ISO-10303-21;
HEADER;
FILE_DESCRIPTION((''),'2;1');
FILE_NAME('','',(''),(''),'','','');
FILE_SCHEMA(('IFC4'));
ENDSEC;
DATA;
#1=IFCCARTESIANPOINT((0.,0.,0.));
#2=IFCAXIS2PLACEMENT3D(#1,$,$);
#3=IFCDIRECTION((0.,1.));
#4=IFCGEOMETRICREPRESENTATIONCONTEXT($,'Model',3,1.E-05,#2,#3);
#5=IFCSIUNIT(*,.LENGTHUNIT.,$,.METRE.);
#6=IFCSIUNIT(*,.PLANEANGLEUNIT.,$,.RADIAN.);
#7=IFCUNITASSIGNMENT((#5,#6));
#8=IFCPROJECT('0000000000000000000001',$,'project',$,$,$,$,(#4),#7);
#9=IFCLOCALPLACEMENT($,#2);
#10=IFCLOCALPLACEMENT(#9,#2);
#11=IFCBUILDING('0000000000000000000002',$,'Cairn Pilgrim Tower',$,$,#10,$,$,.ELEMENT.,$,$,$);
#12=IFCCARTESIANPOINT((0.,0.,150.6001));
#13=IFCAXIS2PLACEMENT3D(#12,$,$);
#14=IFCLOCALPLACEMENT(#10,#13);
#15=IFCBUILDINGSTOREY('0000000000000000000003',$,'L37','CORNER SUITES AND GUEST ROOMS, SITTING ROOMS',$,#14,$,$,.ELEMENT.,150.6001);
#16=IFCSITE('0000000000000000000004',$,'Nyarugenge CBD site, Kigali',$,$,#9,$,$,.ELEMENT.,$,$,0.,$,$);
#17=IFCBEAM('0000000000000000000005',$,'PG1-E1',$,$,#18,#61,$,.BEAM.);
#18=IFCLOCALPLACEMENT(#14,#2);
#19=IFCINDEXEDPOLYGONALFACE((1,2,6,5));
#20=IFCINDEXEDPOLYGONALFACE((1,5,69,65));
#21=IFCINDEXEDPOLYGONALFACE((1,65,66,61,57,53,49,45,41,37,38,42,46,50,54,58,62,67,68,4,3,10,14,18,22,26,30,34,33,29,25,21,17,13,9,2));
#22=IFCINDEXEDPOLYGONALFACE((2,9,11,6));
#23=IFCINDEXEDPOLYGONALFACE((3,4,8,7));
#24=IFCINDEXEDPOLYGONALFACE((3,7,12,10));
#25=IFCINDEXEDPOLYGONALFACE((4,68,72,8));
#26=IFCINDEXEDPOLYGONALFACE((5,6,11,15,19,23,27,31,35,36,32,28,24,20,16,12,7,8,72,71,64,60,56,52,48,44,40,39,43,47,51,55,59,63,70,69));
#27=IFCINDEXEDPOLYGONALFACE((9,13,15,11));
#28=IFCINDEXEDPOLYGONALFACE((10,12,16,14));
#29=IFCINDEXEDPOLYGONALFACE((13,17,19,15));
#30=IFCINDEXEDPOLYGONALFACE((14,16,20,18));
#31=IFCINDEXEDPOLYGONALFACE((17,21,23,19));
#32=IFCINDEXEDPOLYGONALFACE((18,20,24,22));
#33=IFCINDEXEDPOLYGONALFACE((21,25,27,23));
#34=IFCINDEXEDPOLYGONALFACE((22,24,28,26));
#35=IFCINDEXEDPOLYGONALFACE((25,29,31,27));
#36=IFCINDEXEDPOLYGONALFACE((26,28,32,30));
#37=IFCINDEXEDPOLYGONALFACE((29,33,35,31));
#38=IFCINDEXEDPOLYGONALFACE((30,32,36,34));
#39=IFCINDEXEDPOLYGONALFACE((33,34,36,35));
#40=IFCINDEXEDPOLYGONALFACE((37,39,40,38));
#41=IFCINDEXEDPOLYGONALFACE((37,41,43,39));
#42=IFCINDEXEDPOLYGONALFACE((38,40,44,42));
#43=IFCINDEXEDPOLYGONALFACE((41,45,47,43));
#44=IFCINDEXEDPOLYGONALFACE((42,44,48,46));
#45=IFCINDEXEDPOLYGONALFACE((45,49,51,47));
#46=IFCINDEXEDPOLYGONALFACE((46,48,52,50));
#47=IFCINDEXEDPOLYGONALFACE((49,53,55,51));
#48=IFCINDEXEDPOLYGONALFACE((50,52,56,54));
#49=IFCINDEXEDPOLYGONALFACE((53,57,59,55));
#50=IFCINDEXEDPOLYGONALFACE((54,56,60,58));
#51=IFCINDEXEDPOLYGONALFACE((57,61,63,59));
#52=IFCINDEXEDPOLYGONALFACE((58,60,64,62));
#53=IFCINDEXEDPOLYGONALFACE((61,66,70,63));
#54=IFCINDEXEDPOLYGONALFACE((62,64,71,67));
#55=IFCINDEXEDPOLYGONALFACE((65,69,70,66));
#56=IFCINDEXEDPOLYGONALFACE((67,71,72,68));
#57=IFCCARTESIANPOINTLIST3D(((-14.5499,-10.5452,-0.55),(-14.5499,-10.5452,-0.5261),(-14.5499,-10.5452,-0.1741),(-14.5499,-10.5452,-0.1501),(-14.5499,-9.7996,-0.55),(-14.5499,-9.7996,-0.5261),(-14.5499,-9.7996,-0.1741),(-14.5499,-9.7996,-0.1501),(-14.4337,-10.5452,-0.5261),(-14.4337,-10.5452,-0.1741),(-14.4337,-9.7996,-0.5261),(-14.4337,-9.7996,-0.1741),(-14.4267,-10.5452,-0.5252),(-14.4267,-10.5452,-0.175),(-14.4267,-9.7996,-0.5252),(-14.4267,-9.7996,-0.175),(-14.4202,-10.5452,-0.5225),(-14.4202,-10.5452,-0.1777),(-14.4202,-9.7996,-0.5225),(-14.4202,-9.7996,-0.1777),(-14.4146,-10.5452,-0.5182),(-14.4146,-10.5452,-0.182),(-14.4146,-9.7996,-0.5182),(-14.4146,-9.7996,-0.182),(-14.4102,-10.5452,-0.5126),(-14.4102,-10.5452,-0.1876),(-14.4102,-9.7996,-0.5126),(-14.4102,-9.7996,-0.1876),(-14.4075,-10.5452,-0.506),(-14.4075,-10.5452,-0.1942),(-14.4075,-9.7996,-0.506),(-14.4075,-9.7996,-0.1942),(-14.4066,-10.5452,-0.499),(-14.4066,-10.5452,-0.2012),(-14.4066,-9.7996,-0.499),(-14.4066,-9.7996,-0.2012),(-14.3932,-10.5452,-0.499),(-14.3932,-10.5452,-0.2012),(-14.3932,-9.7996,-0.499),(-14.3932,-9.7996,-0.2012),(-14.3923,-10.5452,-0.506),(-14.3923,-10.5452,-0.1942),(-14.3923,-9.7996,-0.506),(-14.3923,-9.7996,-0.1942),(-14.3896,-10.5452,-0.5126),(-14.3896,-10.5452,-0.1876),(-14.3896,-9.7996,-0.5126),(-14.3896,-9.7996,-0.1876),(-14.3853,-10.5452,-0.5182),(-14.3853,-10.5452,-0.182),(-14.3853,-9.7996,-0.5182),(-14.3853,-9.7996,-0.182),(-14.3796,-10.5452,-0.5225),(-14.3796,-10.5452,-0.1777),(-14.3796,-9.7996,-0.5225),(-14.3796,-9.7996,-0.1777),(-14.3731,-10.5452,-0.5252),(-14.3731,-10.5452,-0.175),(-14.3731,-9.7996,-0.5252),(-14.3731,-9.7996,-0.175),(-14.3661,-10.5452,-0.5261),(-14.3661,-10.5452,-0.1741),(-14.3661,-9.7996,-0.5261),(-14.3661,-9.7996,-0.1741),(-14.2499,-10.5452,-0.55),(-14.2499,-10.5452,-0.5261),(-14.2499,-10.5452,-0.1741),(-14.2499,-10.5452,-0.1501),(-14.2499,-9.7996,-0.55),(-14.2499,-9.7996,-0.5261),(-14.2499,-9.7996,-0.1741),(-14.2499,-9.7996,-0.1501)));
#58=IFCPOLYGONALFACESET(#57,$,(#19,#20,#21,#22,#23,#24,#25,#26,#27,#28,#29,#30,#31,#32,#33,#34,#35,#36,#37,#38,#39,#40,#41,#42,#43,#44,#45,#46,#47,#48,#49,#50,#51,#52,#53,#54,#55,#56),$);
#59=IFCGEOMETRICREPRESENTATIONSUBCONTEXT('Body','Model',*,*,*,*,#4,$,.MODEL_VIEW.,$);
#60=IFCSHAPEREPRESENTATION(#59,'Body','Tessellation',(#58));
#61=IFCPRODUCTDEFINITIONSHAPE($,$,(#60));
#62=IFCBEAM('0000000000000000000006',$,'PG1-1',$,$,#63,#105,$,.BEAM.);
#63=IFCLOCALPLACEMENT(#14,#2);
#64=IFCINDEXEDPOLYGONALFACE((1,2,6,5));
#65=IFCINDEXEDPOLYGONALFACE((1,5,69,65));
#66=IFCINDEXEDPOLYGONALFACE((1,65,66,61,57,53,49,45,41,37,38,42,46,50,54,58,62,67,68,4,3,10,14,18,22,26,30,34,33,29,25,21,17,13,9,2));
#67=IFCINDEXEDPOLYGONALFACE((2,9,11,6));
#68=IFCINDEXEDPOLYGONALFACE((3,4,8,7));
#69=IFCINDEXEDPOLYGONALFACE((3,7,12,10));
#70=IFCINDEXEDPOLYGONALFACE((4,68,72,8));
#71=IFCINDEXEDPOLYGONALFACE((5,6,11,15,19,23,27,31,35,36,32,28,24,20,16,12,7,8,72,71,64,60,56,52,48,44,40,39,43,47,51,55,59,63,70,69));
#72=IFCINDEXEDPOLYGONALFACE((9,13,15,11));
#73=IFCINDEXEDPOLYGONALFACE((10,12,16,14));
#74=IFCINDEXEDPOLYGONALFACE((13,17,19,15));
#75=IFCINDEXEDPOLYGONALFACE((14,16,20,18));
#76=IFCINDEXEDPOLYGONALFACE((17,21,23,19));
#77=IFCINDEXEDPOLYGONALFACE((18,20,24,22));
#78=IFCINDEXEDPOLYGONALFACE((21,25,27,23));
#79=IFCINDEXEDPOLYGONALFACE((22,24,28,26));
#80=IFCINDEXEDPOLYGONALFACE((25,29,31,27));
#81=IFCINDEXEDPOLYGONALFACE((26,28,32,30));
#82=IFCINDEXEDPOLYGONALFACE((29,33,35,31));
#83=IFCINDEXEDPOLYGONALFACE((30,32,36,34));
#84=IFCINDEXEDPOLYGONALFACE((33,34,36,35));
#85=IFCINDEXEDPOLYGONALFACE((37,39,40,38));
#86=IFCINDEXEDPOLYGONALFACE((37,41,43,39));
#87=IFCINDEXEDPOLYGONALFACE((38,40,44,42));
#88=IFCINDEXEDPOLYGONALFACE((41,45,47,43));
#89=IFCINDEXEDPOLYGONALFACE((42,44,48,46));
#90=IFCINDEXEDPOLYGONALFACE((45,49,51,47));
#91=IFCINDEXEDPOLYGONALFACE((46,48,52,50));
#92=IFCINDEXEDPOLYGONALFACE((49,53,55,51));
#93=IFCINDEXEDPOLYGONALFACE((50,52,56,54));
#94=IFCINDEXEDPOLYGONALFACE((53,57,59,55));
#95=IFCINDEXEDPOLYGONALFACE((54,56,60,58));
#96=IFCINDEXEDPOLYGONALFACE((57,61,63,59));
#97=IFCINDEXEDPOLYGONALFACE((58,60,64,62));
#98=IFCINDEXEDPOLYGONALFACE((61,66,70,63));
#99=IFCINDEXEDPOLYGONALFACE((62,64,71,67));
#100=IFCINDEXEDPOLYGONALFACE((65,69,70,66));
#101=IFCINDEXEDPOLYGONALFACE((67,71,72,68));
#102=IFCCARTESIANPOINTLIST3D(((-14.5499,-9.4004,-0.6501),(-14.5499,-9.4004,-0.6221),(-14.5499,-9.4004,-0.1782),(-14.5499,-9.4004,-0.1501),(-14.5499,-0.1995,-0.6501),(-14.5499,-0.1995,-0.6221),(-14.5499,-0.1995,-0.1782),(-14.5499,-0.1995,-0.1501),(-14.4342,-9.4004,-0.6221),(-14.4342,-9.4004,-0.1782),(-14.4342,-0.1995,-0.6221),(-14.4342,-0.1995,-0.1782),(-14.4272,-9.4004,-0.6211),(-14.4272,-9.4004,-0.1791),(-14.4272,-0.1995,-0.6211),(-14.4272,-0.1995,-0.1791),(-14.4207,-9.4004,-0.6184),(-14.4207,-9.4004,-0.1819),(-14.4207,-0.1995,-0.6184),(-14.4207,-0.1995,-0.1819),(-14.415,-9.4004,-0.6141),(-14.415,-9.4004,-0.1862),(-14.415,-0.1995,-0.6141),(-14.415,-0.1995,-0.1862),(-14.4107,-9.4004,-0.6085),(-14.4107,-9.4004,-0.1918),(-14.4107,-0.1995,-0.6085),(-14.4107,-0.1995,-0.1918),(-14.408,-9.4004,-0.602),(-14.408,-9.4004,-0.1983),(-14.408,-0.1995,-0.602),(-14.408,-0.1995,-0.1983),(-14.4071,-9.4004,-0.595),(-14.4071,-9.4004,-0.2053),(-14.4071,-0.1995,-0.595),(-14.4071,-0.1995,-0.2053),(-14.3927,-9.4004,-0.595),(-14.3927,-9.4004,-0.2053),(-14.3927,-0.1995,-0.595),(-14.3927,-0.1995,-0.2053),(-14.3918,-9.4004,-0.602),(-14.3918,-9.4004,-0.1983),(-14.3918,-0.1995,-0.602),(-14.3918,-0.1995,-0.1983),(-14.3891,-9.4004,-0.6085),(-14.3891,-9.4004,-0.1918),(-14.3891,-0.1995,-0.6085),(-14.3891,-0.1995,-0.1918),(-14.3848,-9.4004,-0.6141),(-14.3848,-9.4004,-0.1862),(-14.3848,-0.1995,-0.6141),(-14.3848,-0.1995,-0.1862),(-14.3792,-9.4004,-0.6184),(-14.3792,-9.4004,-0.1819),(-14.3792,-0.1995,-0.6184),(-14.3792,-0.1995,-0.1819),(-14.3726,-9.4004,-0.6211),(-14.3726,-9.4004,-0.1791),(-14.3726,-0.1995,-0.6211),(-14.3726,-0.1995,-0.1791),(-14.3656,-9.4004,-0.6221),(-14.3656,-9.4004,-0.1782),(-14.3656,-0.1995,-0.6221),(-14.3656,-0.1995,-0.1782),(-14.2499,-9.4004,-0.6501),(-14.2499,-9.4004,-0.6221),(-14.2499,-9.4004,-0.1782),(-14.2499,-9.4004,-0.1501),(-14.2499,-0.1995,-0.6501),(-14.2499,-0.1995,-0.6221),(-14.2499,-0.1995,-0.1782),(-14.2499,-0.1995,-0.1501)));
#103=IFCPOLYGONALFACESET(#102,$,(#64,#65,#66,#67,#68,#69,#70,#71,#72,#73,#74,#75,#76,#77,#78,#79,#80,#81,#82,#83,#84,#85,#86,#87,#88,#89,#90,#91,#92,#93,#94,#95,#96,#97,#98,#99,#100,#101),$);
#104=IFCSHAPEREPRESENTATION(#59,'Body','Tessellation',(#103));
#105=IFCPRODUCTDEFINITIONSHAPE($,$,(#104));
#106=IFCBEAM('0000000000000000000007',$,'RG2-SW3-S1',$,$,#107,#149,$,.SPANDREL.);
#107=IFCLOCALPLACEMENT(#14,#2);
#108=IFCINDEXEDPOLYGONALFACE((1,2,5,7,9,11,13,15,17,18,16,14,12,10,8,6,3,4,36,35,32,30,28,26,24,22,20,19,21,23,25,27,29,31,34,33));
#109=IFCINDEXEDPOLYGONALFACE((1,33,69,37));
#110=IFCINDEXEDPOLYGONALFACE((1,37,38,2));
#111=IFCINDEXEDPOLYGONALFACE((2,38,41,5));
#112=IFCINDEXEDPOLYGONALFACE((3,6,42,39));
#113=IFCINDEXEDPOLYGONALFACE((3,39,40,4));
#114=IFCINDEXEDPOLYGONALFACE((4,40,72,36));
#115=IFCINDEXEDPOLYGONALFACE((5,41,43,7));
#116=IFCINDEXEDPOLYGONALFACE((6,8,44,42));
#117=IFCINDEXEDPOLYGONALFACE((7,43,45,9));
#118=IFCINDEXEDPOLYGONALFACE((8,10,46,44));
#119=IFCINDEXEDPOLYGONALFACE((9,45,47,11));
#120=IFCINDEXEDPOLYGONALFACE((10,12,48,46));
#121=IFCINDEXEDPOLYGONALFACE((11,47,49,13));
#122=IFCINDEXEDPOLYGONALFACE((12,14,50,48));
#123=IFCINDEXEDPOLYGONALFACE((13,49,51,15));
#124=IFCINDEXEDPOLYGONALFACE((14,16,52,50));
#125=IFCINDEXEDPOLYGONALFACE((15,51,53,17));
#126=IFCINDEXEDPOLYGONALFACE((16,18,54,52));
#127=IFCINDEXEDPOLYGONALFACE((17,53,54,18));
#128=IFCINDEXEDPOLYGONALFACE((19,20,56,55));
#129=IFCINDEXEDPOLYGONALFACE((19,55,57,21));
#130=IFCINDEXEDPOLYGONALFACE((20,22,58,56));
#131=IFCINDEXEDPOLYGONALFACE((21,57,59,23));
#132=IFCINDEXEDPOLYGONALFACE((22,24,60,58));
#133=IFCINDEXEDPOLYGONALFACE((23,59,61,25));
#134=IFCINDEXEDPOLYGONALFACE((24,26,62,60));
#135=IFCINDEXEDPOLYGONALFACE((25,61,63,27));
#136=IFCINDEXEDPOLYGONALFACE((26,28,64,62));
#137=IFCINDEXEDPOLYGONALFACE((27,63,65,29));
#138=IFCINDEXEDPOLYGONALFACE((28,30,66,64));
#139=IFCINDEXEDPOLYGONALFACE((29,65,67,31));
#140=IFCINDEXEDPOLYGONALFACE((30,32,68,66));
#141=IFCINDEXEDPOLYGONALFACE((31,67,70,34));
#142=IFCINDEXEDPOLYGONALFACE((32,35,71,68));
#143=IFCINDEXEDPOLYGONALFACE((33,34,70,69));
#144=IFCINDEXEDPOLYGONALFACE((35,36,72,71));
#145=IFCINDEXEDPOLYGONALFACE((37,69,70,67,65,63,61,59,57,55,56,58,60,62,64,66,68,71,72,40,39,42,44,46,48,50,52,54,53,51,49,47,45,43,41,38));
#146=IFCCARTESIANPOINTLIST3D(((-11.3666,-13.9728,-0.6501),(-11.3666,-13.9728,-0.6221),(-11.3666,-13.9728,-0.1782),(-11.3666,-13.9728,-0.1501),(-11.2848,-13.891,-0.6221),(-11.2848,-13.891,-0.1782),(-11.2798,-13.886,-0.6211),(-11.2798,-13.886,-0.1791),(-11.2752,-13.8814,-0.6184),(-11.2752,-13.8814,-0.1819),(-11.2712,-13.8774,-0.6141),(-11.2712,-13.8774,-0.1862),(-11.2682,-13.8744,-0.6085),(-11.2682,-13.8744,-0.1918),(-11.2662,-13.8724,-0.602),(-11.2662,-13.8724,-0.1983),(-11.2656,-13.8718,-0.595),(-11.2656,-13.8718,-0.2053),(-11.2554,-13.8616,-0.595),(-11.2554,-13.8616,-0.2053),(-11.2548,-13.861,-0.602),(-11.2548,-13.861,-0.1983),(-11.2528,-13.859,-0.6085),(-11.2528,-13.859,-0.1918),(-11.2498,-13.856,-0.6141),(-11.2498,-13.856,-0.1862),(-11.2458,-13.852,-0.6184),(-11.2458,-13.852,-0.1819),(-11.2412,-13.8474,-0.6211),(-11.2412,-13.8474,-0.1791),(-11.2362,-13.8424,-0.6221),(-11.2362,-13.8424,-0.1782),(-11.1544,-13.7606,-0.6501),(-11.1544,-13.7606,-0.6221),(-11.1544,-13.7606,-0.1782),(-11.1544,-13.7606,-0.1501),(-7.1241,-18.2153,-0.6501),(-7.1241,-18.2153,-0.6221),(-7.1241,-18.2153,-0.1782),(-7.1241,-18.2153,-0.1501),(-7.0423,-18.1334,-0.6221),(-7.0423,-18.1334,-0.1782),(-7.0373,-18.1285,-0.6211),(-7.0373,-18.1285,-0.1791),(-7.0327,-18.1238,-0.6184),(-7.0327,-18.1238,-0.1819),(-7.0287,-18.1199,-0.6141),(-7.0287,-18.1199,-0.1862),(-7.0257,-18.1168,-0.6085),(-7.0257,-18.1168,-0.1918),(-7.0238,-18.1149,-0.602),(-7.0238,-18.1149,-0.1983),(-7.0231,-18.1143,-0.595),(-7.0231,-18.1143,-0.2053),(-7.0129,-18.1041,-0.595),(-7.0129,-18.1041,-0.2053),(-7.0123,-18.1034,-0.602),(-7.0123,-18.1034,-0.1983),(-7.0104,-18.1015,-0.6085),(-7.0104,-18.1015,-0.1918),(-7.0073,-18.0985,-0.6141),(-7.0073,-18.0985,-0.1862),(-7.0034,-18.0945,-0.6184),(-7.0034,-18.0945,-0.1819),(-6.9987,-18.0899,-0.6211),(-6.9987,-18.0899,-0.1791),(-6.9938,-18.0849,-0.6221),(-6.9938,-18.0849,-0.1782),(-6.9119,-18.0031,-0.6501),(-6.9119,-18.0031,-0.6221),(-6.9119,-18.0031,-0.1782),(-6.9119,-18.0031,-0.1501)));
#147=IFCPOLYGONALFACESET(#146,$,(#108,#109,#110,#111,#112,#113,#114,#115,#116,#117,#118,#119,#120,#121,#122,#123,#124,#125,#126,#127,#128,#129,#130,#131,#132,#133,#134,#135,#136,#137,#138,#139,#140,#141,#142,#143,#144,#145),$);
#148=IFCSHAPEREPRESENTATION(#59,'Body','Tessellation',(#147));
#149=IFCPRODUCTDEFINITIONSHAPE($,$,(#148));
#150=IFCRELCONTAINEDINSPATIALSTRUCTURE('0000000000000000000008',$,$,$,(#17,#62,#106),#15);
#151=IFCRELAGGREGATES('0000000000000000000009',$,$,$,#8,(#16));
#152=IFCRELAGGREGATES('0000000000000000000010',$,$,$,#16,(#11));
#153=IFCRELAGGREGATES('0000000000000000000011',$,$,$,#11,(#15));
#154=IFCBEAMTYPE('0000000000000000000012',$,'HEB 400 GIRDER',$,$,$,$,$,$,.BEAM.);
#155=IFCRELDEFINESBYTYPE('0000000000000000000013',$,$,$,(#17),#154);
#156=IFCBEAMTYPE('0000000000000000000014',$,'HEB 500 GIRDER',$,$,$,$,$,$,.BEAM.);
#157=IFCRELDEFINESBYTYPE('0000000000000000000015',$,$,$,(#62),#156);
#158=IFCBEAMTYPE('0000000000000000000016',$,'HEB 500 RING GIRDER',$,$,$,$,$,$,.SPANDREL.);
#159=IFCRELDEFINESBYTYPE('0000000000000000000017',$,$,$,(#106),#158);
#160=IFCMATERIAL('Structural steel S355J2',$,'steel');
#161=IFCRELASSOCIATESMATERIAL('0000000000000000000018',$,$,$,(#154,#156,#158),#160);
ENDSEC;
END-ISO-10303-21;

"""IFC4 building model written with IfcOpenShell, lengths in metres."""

from ifc_helpers import new_model, si_unit, direction, frame, origin, origin_2d, place, context, subcontext, project, spatial, i_section, extrude, material, material_profile, profile_set, type_object, element, save


model = new_model("IFC4")

# Units and contexts
model_context = context("Model", 3, precision=1e-05, world=origin(), true_north=direction((0.0, 1.0)))
body_context = subcontext(model_context, "Body", "Model", "MODEL_VIEW")
ifc_project = project(units=[si_unit("LENGTHUNIT", "METRE"), si_unit("PLANEANGLEUNIT", "RADIAN")], contexts=[model_context])

# Site, building, storey
site_placement = place(None, origin())
site = spatial("IfcSite", under=ifc_project, at=site_placement, Name="Nyarugenge CBD site, Kigali", CompositionType="ELEMENT", RefElevation=0.0)
building_placement = place(site_placement, origin())
building = spatial("IfcBuilding", under=site, at=building_placement, Name="Cairn Pilgrim Tower", CompositionType="ELEMENT")
storey_placement = place(building_placement, frame((0.0, 0.0, 150.6001)))
storey = spatial("IfcBuildingStorey", under=building, at=storey_placement, Name="L37", Description="CORNER SUITES AND GUEST ROOMS, SITTING ROOMS", CompositionType="ELEMENT", Elevation=150.6001)

# Shared definitions
ifc_material_1 = material(Name="Structural steel S355J2", Category="steel")

# Beams
ifc_material_profile_1 = material_profile(ifc_material_1, i_section(OverallWidth=0.3, OverallDepth=0.3999, WebThickness=0.0134, FlangeThickness=0.0239, FilletRadius=0.0271, at=origin_2d()), Name="HEB 400")
ifc_profile_set_1 = profile_set([ifc_material_profile_1], Name="Structural steel S355J2")
beam_type_1 = type_object("IfcBeamType", Name="HEB 400 GIRDER", PredefinedType="BEAM", material=ifc_profile_set_1)
beam_1_placement = place(storey_placement, frame((-14.3999, -10.5452, -0.3501), z_axis=(0.0, 1.0, 0.0), x_axis=(-1.0, 0.0, 0.0)))
element("IfcBeam", 1, at=beam_1_placement, inside=storey, type_object=beam_type_1, Name="PG1-E1", PredefinedType="BEAM", context=body_context, shape_type="SweptSolid", body=[
    extrude(i_section(OverallWidth=0.3, OverallDepth=0.3999, WebThickness=0.0134, FlangeThickness=0.0239, FilletRadius=0.0271, at=origin_2d()), origin(), (0.0, 0.0, 1.0), 0.7456),
])
ifc_material_profile_2 = material_profile(ifc_material_1, i_section(OverallWidth=0.3, OverallDepth=0.5, WebThickness=0.0144, FlangeThickness=0.0281, FilletRadius=0.0271, at=origin_2d()), Name="HEB 500")
ifc_profile_set_2 = profile_set([ifc_material_profile_2], Name="Structural steel S355J2")
beam_type_2 = type_object("IfcBeamType", Name="HEB 500 GIRDER", PredefinedType="BEAM", material=ifc_profile_set_2)
beam_2_placement = place(storey_placement, frame((-14.3999, -9.4004, -0.4001), z_axis=(0.0, 1.0, 0.0), x_axis=(-1.0, 0.0, 0.0)))
element("IfcBeam", 2, at=beam_2_placement, inside=storey, type_object=beam_type_2, Name="PG1-1", PredefinedType="BEAM", context=body_context, shape_type="SweptSolid", body=[
    extrude(i_section(OverallWidth=0.3, OverallDepth=0.5, WebThickness=0.0144, FlangeThickness=0.0281, FilletRadius=0.0271, at=origin_2d()), origin(), (0.0, 0.0, 1.0), 9.2009),
])
ifc_material_profile_3 = material_profile(ifc_material_1, i_section(OverallWidth=0.3, OverallDepth=0.5, WebThickness=0.0144, FlangeThickness=0.0281, FilletRadius=0.0271, at=origin_2d()), Name="HEB 500")
ifc_profile_set_3 = profile_set([ifc_material_profile_3], Name="Structural steel S355J2")
beam_type_3 = type_object("IfcBeamType", Name="HEB 500 RING GIRDER", PredefinedType="SPANDREL", material=ifc_profile_set_3)
beam_3_placement = place(storey_placement, frame((-11.2605, -13.8667, -0.4001), z_axis=(0.707107, -0.707107, 0.0), x_axis=(0.707107, 0.707107, 0.0)))
element("IfcBeam", 3, at=beam_3_placement, inside=storey, type_object=beam_type_3, Name="RG2-SW3-S1", PredefinedType="SPANDREL", context=body_context, shape_type="SweptSolid", body=[
    extrude(i_section(OverallWidth=0.3, OverallDepth=0.5, WebThickness=0.0144, FlangeThickness=0.0281, FilletRadius=0.0271, at=origin_2d()), origin(), (0.0, 0.0, 1.0), 5.9998),
])

save(model, "model.ifc")
